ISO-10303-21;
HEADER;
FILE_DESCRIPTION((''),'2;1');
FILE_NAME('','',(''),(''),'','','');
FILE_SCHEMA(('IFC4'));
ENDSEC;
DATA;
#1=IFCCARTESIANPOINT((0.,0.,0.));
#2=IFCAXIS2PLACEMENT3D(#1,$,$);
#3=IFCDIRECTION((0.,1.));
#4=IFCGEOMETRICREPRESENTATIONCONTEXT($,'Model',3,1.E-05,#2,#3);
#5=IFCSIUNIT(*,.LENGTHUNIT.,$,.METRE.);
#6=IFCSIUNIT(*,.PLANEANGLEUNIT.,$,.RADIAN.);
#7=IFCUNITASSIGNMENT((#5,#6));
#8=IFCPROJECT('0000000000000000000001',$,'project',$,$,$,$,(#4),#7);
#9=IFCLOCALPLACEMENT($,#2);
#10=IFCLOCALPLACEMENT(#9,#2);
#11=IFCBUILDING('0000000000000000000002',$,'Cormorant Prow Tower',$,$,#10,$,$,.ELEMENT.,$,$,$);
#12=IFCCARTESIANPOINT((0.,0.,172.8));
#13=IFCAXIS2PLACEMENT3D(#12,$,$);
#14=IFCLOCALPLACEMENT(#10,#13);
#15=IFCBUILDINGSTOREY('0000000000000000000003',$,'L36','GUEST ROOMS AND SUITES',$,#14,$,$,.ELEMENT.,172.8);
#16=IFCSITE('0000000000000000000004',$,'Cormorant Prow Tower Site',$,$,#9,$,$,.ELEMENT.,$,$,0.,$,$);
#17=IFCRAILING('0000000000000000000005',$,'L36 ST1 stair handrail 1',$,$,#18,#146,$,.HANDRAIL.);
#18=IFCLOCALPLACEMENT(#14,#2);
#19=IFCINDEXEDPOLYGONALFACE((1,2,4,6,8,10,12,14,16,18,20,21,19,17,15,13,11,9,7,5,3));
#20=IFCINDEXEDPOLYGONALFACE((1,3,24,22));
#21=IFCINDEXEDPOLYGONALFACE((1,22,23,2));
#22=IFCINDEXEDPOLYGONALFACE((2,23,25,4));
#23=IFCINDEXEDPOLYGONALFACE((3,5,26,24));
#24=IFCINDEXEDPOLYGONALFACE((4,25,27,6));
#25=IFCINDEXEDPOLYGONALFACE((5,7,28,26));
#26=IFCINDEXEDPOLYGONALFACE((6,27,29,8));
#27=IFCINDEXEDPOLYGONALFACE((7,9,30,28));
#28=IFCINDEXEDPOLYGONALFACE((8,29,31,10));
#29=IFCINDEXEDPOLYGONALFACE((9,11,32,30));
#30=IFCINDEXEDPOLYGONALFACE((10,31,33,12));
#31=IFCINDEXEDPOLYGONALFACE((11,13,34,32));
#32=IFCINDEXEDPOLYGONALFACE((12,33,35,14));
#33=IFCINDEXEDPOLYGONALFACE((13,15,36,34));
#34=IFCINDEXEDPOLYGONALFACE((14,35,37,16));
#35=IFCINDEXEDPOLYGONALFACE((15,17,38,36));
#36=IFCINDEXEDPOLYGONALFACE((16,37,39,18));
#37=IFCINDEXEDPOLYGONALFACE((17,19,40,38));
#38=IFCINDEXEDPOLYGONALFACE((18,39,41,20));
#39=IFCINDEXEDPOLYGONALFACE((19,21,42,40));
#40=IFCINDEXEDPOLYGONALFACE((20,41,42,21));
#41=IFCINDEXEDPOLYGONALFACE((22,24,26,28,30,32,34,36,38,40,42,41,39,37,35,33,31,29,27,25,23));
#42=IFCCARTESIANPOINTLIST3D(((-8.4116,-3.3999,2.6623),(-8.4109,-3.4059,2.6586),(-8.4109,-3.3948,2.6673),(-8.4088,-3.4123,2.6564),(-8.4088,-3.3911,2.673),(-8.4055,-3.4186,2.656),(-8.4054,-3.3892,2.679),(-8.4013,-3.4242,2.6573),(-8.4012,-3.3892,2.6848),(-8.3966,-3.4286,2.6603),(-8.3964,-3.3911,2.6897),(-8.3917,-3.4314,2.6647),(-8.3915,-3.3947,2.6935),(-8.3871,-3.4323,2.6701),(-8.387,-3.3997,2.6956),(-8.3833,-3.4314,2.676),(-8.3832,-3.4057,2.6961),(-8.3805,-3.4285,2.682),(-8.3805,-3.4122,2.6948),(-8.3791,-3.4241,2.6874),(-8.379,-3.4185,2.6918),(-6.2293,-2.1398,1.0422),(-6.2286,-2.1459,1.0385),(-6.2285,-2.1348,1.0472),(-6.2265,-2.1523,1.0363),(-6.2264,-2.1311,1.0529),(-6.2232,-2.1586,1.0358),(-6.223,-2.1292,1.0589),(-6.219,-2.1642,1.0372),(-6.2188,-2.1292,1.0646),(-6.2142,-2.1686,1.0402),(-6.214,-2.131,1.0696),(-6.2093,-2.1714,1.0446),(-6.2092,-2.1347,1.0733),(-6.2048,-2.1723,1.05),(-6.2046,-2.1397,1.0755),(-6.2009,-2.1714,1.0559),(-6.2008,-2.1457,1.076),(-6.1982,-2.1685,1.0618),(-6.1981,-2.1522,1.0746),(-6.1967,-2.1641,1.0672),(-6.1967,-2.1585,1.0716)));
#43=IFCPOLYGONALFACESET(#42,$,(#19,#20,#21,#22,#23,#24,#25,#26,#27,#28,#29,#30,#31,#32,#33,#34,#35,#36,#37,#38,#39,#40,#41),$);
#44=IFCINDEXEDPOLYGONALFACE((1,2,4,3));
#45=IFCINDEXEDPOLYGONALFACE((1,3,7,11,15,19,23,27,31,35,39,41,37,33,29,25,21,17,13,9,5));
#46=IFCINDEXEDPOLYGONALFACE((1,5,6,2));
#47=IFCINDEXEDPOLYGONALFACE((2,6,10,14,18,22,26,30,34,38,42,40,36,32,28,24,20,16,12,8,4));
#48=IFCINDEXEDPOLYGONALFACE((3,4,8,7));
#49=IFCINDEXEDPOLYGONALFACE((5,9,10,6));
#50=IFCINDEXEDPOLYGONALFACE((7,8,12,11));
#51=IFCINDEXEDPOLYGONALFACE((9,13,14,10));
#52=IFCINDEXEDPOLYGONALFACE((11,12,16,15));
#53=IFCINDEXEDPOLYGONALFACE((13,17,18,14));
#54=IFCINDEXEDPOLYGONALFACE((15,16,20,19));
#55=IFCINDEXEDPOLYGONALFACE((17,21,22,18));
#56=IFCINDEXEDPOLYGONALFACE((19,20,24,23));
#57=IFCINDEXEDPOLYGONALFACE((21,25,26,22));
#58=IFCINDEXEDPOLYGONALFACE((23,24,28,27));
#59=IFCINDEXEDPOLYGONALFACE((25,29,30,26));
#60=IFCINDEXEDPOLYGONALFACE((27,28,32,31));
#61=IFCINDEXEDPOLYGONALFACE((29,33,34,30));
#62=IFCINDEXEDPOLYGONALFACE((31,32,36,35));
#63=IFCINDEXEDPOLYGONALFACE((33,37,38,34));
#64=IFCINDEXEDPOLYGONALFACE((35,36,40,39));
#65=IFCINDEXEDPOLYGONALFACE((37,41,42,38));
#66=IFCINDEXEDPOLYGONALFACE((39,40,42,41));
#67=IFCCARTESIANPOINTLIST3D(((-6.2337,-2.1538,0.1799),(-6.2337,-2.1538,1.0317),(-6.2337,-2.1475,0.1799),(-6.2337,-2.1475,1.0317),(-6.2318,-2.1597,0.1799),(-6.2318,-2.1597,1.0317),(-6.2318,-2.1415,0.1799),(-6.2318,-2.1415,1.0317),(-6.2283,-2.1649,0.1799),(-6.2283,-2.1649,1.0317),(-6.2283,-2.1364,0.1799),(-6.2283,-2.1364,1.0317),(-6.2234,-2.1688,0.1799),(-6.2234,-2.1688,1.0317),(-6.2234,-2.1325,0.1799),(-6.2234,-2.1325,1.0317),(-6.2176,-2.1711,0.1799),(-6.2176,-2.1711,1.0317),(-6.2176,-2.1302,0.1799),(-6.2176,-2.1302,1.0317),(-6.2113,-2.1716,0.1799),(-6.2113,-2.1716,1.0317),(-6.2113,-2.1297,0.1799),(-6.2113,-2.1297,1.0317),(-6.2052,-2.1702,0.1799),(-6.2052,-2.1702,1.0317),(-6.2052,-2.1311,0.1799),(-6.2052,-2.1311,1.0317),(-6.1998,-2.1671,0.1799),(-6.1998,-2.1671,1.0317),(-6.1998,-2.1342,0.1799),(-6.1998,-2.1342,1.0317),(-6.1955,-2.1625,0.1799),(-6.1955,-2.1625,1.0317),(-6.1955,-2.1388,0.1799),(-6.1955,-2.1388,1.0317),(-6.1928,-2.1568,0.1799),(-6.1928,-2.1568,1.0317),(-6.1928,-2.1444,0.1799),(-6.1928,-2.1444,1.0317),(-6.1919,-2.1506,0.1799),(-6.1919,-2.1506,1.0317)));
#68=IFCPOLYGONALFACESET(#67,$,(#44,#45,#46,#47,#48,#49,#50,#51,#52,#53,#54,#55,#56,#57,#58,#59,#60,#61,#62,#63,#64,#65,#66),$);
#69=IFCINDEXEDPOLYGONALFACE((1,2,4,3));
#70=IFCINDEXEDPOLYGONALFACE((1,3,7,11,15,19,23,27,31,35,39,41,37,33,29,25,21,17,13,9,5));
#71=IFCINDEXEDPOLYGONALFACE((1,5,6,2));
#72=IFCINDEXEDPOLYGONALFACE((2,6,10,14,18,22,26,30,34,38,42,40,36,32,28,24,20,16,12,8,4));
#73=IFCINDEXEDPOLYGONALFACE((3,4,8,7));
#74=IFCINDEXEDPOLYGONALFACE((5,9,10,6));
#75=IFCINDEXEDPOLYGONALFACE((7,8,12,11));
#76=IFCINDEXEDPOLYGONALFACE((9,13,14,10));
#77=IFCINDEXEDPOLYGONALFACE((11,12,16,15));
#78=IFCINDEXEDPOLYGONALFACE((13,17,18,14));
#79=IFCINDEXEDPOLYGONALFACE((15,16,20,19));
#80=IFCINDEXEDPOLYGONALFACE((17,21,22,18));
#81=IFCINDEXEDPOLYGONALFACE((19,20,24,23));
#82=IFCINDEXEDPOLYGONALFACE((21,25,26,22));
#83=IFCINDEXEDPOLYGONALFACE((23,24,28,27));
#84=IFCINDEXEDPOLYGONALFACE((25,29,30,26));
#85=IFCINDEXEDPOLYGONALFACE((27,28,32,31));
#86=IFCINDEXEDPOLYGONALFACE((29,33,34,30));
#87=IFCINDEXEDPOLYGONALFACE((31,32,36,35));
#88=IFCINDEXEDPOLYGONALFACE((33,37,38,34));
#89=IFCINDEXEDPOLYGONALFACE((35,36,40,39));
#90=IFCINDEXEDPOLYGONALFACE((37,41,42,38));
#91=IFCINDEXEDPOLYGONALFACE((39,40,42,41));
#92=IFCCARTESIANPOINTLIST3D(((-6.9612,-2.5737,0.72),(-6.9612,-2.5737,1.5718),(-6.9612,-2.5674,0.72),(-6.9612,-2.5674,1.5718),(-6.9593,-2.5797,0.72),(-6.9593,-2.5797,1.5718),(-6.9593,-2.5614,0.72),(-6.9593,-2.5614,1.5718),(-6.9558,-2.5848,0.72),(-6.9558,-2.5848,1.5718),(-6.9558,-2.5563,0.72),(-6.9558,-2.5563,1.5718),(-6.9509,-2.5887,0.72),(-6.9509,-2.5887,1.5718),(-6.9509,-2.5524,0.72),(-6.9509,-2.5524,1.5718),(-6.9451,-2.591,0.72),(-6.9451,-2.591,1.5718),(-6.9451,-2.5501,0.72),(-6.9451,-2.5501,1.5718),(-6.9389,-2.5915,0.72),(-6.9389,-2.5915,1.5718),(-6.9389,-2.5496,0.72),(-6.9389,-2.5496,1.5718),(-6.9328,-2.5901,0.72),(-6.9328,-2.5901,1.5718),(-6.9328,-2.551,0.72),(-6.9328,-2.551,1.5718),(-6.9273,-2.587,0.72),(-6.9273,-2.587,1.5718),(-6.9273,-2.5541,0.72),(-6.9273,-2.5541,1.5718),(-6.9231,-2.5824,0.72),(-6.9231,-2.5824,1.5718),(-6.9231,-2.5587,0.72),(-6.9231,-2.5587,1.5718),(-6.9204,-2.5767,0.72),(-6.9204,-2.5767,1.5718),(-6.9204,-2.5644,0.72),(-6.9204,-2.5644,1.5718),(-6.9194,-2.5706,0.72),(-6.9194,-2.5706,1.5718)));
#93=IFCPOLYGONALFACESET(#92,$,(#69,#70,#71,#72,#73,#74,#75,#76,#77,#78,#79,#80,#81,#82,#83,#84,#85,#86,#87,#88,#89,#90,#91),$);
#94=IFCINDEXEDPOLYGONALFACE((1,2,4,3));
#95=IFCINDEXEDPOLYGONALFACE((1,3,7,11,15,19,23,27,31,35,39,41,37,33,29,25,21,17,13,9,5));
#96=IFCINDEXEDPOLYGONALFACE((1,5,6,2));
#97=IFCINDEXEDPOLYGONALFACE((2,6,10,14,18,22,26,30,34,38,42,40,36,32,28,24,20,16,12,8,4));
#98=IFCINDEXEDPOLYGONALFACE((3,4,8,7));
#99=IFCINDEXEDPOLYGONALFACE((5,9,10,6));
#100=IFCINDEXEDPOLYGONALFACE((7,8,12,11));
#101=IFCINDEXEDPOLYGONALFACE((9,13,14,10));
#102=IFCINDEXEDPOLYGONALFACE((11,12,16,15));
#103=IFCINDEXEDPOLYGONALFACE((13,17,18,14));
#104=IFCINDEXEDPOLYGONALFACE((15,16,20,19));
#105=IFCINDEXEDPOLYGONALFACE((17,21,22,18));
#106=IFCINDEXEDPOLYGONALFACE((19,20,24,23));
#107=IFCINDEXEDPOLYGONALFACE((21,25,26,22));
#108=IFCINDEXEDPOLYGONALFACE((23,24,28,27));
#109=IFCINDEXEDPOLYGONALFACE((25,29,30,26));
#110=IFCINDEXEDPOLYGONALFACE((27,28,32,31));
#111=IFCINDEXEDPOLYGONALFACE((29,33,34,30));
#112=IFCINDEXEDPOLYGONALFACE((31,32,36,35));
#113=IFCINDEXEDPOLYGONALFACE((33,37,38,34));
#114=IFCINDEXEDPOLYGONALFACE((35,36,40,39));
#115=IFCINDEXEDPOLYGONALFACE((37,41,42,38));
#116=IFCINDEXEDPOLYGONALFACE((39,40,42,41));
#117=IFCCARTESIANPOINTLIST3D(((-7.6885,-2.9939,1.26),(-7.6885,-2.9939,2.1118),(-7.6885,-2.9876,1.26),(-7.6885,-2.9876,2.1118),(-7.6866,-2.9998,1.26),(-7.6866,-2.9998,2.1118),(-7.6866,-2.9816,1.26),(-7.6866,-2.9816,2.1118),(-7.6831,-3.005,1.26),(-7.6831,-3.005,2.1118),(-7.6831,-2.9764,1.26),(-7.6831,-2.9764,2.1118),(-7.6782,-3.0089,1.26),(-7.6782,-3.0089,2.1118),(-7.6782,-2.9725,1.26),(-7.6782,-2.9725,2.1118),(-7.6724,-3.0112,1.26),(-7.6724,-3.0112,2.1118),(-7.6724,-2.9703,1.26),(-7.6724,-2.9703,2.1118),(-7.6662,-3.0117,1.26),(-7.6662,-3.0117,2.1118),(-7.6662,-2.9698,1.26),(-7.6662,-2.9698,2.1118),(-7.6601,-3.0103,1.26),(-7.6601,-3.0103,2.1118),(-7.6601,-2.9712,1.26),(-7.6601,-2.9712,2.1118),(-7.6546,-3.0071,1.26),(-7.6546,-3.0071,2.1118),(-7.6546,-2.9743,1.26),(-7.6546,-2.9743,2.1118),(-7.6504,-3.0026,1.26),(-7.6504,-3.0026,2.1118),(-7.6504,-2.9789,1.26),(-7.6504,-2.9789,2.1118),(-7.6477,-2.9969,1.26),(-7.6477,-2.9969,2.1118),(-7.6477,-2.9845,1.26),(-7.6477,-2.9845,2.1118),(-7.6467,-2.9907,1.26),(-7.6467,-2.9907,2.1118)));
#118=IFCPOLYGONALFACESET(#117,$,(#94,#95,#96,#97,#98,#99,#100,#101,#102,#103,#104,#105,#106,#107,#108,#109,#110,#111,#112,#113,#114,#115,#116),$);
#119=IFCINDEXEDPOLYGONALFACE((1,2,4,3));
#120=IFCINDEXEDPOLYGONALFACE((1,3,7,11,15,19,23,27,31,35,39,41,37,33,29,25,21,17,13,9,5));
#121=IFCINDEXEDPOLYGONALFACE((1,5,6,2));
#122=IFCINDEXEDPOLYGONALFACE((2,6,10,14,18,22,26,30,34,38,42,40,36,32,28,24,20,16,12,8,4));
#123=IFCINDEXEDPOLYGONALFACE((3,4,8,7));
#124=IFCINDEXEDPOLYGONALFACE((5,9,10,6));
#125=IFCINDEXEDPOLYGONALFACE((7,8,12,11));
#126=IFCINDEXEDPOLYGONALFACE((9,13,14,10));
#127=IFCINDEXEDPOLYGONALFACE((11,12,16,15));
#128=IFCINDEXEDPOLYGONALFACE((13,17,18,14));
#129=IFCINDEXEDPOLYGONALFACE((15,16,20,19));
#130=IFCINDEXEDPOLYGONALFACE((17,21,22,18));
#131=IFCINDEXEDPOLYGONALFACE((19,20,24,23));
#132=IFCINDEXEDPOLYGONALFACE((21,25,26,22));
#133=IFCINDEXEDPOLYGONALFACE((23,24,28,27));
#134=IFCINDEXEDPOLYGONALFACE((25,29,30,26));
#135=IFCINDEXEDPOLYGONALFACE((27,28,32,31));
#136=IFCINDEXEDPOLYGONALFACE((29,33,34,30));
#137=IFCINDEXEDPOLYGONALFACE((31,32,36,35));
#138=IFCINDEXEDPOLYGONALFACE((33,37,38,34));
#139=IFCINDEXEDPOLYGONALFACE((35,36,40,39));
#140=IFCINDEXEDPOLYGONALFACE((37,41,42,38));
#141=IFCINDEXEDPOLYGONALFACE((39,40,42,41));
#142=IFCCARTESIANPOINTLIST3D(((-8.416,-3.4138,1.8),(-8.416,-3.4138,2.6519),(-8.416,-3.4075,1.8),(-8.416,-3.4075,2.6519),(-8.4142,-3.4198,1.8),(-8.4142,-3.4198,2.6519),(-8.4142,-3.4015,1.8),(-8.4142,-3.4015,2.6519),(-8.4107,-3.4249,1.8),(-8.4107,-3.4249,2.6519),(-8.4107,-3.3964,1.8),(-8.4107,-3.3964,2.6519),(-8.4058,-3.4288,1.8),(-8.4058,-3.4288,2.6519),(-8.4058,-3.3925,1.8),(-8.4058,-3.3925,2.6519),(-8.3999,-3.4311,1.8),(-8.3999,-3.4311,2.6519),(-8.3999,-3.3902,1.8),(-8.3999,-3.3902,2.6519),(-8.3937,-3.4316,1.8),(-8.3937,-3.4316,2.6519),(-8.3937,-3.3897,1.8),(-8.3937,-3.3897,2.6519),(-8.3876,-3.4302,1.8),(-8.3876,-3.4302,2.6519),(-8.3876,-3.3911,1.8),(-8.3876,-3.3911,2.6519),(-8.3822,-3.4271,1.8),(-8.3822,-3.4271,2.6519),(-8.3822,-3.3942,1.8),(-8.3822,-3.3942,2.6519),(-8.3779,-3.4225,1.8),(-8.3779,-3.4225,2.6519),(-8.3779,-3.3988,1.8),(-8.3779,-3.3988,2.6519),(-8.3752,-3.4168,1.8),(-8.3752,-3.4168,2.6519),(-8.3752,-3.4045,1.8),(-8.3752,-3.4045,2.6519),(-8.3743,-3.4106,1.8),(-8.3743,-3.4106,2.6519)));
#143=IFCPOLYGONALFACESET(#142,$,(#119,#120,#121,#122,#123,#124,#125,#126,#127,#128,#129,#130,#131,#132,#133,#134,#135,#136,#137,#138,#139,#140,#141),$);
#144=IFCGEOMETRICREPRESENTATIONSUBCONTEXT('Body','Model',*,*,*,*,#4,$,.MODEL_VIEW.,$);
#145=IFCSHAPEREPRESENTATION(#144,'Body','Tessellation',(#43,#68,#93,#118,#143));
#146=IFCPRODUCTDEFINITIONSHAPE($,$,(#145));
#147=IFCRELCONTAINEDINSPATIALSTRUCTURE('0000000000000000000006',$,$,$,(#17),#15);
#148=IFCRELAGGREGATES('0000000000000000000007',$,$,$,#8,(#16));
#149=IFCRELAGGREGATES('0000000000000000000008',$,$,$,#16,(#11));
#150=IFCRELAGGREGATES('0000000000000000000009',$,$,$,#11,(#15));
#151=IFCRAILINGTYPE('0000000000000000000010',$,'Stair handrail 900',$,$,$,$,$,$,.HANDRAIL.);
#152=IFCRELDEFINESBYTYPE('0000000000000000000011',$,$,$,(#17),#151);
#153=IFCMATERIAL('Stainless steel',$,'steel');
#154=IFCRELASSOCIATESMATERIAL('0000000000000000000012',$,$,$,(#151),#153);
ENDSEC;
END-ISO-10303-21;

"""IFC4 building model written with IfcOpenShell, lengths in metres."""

from ifc_helpers import new_model, si_unit, direction, frame, origin, origin_2d, place, context, subcontext, project, spatial, circle, extrude, material, type_object, element, save


model = new_model("IFC4")

# Units and contexts
model_context = context("Model", 3, precision=1e-05, world=origin(), true_north=direction((0.0, 1.0)))
body_context = subcontext(model_context, "Body", "Model", "MODEL_VIEW")
ifc_project = project(units=[si_unit("LENGTHUNIT", "METRE"), si_unit("PLANEANGLEUNIT", "RADIAN")], contexts=[model_context])

# Site, building, storey
site_placement = place(None, origin())
site = spatial("IfcSite", under=ifc_project, at=site_placement, Name="Cormorant Prow Tower Site", CompositionType="ELEMENT", RefElevation=0.0)
building_placement = place(site_placement, origin())
building = spatial("IfcBuilding", under=site, at=building_placement, Name="Cormorant Prow Tower", CompositionType="ELEMENT")
storey_placement = place(building_placement, frame((0.0, 0.0, 172.8)))
storey = spatial("IfcBuildingStorey", under=building, at=storey_placement, Name="L36", Description="GUEST ROOMS AND SUITES", CompositionType="ELEMENT", Elevation=172.8)

# Railing
ifc_material_1 = material(Name="Stainless steel", Category="steel")
railing_type = type_object("IfcRailingType", Name="Stair handrail 900", PredefinedType="HANDRAIL", material=ifc_material_1)
railing_placement = place(storey_placement, frame((-6.2129, -2.1506, 0.1799)))
element("IfcRailing", 1, at=railing_placement, inside=storey, type_object=railing_type, Name="L36 ST1 stair handrail 1", PredefinedType="HANDRAIL", context=body_context, shape_type="SweptSolid", body=[
    extrude(circle(Radius=0.0239, at=origin_2d()), frame((0.0, 0.0, 0.876), z_axis=(-0.728464, -0.420584, 0.540786), x_axis=(0.500005, -0.866023, 0.0)), (0.0, 0.0, 1.0), 2.9958),
    extrude(circle(Radius=0.021, at=origin_2d()), origin(), (0.0, 0.0, 1.0), 0.8518),
    extrude(circle(Radius=0.021, at=origin_2d()), frame((-0.7275, -0.4199, 0.54)), (0.0, 0.0, 1.0), 0.8518),
    extrude(circle(Radius=0.021, at=origin_2d()), frame((-1.4548, -0.8401, 1.0801)), (0.0, 0.0, 1.0), 0.8518),
    extrude(circle(Radius=0.021, at=origin_2d()), frame((-2.1824, -1.26, 1.6201)), (0.0, 0.0, 1.0), 0.8518),
])

save(model, "model.ifc")
